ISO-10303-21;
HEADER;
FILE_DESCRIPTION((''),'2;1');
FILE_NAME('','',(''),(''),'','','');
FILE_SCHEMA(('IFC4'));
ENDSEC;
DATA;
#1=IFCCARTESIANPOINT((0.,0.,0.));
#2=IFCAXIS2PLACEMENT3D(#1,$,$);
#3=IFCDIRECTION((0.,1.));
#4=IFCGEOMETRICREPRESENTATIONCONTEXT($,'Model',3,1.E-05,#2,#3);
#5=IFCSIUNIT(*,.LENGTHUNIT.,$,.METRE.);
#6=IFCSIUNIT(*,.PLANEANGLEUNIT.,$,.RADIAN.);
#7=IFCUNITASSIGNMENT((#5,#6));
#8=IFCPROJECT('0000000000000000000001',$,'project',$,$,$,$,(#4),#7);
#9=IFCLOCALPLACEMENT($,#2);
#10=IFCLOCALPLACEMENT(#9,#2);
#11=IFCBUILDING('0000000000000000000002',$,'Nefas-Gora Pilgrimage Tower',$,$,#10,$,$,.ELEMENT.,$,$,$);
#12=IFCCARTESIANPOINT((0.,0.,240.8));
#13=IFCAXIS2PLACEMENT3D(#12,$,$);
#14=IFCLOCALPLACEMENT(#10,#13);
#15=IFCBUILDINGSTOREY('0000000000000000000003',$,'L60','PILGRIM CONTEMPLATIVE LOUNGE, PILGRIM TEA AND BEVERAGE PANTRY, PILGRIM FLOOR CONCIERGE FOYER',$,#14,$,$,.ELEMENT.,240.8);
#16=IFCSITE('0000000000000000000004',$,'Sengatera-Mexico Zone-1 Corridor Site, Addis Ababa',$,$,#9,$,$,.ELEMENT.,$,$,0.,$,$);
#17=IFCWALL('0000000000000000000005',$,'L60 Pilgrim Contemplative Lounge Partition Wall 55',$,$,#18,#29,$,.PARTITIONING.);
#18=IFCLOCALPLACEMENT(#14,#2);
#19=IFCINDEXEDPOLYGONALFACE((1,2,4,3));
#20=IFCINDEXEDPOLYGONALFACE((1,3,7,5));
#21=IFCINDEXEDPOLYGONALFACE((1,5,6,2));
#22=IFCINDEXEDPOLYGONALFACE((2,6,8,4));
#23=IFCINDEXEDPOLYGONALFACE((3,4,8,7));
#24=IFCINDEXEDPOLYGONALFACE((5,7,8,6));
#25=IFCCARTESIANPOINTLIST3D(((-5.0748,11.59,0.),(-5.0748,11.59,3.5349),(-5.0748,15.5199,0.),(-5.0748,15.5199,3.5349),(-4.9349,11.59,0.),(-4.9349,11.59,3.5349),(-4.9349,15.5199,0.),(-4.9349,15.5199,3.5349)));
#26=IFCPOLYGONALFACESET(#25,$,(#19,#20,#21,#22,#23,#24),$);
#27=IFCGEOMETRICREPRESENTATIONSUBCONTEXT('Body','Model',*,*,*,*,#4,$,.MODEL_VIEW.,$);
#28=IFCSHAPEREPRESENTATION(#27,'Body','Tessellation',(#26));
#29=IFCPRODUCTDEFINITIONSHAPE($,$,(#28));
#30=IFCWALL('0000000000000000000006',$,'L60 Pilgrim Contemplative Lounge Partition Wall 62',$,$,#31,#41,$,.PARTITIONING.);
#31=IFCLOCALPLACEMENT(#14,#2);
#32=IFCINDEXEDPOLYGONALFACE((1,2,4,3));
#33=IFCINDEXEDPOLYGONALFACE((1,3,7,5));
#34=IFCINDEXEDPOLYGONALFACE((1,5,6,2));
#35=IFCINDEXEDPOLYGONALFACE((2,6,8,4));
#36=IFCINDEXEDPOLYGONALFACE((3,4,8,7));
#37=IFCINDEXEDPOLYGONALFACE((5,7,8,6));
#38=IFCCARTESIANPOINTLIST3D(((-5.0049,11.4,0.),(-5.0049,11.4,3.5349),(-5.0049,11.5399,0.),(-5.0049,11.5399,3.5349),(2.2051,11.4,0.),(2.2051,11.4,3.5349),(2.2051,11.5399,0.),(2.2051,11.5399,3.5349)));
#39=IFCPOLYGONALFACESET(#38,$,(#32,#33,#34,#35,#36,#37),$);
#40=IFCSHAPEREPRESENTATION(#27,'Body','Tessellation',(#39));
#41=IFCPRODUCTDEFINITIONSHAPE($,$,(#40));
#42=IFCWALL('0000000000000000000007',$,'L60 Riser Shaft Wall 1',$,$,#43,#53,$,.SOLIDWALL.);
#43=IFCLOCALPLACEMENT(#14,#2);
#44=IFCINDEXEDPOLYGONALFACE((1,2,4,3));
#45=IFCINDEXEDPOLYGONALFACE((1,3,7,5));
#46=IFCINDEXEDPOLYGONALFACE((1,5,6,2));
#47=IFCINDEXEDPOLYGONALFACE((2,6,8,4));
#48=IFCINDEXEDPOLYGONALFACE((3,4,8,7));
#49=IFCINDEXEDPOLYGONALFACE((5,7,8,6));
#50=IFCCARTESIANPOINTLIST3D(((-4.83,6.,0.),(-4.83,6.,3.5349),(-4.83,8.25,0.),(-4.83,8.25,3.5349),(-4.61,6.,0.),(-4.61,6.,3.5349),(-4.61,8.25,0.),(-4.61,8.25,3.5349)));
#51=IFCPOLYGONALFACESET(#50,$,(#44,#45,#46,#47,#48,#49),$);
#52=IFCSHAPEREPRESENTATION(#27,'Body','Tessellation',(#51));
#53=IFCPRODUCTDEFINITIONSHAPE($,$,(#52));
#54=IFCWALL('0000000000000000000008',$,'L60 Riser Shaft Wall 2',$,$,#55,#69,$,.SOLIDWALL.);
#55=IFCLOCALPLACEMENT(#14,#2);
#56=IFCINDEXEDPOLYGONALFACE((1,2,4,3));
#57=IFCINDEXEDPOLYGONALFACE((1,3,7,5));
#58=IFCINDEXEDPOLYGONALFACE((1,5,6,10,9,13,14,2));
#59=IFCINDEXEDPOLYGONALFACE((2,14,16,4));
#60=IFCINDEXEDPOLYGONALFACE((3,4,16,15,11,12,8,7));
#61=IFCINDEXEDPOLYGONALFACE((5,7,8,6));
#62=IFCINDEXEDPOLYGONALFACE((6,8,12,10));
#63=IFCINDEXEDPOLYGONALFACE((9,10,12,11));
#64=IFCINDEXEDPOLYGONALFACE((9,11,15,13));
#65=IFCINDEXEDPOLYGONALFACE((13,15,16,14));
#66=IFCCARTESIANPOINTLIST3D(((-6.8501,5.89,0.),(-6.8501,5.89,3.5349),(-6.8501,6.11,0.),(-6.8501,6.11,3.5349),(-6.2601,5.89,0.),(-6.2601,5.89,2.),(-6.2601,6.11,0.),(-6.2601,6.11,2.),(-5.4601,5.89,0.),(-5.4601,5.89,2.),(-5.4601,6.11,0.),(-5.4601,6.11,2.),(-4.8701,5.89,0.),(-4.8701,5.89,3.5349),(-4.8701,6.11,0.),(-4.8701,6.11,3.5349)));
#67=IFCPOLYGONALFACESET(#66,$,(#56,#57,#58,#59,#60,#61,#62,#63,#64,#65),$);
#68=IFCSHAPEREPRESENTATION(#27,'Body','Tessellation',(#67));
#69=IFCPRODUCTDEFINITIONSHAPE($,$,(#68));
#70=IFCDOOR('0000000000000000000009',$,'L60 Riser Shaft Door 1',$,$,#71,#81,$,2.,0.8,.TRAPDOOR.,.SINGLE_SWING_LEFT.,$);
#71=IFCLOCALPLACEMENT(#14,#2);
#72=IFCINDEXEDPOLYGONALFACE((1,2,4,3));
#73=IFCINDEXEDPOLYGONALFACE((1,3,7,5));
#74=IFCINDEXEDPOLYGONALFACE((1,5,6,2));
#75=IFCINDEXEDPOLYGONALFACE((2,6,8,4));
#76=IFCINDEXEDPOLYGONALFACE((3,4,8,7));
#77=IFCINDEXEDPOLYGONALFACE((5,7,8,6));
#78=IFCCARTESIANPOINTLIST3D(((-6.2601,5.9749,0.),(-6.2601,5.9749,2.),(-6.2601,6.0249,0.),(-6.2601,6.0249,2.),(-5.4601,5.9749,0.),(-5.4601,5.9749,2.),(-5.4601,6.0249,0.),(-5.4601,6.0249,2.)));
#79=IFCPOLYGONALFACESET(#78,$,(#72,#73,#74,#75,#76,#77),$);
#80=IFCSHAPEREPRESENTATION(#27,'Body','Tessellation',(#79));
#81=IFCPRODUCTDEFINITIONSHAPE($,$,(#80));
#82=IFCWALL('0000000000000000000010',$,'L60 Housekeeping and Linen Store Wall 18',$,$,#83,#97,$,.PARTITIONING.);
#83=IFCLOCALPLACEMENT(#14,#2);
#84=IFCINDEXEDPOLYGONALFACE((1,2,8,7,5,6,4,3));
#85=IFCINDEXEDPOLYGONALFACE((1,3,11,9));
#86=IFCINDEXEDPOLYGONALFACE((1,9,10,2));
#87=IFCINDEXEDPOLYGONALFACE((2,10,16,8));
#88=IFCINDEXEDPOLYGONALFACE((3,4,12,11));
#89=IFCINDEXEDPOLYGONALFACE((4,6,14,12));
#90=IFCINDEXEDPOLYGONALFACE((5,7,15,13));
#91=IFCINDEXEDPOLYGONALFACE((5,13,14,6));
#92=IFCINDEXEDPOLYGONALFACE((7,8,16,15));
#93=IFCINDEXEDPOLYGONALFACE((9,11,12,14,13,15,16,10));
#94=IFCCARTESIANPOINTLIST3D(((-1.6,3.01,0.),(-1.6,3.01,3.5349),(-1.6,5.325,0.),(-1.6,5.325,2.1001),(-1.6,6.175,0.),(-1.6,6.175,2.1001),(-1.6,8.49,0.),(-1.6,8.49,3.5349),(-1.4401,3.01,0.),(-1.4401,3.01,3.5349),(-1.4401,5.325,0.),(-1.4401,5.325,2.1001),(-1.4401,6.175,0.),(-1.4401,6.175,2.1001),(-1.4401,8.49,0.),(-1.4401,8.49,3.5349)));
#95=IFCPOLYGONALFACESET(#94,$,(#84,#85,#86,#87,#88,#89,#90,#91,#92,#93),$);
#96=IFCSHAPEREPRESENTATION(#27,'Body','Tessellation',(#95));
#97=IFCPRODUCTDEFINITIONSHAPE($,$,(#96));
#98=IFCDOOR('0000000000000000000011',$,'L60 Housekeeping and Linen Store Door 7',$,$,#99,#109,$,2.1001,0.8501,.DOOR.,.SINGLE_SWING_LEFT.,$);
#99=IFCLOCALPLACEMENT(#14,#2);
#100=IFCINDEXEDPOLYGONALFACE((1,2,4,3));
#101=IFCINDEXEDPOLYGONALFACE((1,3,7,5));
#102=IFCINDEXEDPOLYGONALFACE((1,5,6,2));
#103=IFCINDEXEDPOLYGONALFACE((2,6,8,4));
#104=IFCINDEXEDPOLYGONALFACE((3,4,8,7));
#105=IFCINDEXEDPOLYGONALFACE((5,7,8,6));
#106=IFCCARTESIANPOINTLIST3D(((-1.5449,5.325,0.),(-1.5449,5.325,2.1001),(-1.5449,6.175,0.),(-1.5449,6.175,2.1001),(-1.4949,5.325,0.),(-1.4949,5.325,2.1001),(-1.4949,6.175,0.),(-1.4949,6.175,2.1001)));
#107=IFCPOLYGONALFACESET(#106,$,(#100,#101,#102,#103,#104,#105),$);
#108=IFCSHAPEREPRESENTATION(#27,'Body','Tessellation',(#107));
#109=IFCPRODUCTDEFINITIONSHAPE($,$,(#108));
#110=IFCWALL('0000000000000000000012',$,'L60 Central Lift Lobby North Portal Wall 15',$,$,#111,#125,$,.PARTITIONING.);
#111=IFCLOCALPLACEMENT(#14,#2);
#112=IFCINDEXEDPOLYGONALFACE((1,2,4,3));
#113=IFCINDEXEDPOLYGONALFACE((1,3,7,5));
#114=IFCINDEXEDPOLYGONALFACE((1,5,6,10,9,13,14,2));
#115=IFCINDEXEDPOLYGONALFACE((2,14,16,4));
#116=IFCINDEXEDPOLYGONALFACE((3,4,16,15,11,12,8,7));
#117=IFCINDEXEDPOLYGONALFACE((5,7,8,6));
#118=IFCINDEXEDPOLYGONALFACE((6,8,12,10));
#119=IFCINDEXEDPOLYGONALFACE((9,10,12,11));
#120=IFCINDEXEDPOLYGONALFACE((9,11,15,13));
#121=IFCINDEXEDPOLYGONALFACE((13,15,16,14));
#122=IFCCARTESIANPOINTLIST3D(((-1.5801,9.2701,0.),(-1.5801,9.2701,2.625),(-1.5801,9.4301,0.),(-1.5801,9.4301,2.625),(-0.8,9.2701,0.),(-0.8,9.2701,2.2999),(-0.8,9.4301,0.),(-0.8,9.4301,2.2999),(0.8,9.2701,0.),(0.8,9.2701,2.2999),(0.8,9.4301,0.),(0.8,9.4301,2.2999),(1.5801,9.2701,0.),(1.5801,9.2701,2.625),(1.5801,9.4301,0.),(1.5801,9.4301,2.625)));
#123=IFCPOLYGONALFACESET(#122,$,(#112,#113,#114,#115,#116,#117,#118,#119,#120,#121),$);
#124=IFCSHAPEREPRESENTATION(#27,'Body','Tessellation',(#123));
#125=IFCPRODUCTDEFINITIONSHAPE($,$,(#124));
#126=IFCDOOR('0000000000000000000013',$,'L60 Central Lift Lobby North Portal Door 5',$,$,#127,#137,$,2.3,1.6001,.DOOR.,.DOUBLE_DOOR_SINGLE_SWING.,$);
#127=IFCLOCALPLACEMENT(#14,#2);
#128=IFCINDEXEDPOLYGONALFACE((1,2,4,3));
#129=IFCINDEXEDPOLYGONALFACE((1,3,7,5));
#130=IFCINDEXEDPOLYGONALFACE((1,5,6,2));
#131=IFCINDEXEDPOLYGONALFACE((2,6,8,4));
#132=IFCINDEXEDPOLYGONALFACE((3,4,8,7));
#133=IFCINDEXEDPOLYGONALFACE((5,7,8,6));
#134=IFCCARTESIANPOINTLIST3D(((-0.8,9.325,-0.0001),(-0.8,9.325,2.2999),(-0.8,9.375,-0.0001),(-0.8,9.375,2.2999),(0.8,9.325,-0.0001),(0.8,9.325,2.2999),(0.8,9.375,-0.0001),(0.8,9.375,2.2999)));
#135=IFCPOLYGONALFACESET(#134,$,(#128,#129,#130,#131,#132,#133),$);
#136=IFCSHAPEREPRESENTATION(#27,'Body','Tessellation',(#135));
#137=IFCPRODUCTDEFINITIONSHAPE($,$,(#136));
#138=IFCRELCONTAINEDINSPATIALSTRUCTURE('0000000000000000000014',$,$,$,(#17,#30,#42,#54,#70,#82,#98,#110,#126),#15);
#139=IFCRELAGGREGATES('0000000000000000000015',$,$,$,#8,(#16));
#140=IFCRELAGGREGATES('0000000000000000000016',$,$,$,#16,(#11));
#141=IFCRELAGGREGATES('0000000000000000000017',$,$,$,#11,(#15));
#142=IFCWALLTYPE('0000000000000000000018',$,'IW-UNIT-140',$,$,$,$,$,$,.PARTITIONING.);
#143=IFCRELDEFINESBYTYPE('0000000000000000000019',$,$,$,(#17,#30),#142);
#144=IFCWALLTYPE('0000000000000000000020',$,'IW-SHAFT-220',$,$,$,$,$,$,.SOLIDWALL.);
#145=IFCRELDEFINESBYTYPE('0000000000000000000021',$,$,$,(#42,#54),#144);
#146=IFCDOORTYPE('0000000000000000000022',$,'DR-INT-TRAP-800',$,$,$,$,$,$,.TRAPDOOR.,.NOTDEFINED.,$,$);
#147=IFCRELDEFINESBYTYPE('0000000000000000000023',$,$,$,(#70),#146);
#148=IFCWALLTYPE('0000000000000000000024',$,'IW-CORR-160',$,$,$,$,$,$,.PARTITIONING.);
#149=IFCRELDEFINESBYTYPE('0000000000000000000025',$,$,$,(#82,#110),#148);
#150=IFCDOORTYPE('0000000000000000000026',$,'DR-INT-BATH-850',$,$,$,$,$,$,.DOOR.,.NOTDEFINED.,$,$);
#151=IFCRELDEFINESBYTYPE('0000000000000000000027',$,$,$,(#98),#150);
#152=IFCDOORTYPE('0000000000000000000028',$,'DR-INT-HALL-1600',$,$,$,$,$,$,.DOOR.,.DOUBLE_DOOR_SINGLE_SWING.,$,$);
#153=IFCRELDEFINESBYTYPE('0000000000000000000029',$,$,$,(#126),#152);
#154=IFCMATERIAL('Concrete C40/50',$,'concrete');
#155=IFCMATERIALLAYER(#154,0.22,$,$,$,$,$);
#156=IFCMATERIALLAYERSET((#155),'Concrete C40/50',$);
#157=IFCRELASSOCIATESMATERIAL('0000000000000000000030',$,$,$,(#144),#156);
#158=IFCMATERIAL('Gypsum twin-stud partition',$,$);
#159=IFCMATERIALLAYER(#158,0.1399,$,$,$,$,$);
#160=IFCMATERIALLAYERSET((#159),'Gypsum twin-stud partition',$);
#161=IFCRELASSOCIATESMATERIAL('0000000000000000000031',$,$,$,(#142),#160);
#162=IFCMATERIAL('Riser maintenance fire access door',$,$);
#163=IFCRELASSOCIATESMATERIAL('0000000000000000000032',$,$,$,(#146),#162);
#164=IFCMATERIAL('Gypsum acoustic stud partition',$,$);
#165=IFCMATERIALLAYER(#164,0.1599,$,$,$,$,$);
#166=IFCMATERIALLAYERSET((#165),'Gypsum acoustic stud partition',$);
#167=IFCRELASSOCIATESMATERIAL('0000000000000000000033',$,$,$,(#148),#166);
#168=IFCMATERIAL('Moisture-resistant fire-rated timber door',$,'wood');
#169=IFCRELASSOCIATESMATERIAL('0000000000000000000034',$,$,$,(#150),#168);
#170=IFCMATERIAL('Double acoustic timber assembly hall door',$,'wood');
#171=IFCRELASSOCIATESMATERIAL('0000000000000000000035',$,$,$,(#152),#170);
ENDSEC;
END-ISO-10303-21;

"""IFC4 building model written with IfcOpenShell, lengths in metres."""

from ifc_helpers import new_model, si_unit, direction, frame, frame_2d, origin, place, context, subcontext, project, spatial, rectangle, extrude, source, transform, mapped, material, layer, layer_set, type_object, element, fill, save


model = new_model("IFC4")

# Units and contexts
model_context = context("Model", 3, precision=1e-05, world=origin(), true_north=direction((0.0, 1.0)))
body_context = subcontext(model_context, "Body", "Model", "MODEL_VIEW")
ifc_project = project(units=[si_unit("LENGTHUNIT", "METRE"), si_unit("PLANEANGLEUNIT", "RADIAN")], contexts=[model_context])

# Site, building, storey
site_placement = place(None, origin())
site = spatial("IfcSite", under=ifc_project, at=site_placement, Name="Sengatera-Mexico Zone-1 Corridor Site, Addis Ababa", CompositionType="ELEMENT", RefElevation=0.0)
building_placement = place(site_placement, origin())
building = spatial("IfcBuilding", under=site, at=building_placement, Name="Nefas-Gora Pilgrimage Tower", CompositionType="ELEMENT")
storey_placement = place(building_placement, frame((0.0, 0.0, 240.8)))
storey = spatial("IfcBuildingStorey", under=building, at=storey_placement, Name="L60", Description="PILGRIM CONTEMPLATIVE LOUNGE, PILGRIM TEA AND BEVERAGE PANTRY, PILGRIM FLOOR CONCIERGE FOYER", CompositionType="ELEMENT", Elevation=240.8)

# Shared definitions
ifc_material_1 = material(Name="Concrete C40/50", Category="concrete")

# Shared definitions
ifc_layer_1 = layer(ifc_material_1, 0.22)
ifc_layer_set_1 = layer_set([ifc_layer_1], Name="Concrete C40/50")
wall_type_1 = type_object("IfcWallType", Name="IW-SHAFT-220", PredefinedType="SOLIDWALL", material=ifc_layer_set_1)

# Walls
ifc_material_2 = material(Name="Gypsum twin-stud partition")
ifc_layer_2 = layer(ifc_material_2, 0.1399)
ifc_layer_set_2 = layer_set([ifc_layer_2], Name="Gypsum twin-stud partition")
wall_type_2 = type_object("IfcWallType", Name="IW-UNIT-140", PredefinedType="PARTITIONING", material=ifc_layer_set_2)
shared_shape_1 = source(origin(), body_context, "Body", "SweptSolid", [
    extrude(rectangle(XDim=3.9299, YDim=0.1399, at=frame_2d((1.9648, 0.0))), origin(), (0.0, 0.0, 1.0), 3.5349),
])
wall_1_placement = place(storey_placement, frame((-5.0049, 11.5901, 0.0), z_axis=(0.0, 0.0, 1.0), x_axis=(0.0, 1.0, 0.0)))
element("IfcWall", 1, at=wall_1_placement, inside=storey, type_object=wall_type_2, Name="L60 Pilgrim Contemplative Lounge Partition Wall 55", PredefinedType="PARTITIONING", context=body_context, shape_type="MappedRepresentation", body=[
    mapped(shared_shape_1, transform((0.0, 0.0, 0.0), x_axis=(1.0, 0.0, 0.0), y_axis=(0.0, 1.0, 0.0), z_axis=(0.0, 0.0, 1.0), scale=1.0)),
])
shared_shape_2 = source(origin(), body_context, "Body", "SweptSolid", [
    extrude(rectangle(XDim=7.21, YDim=0.1399, at=frame_2d((3.605, 0.0))), origin(), (0.0, 0.0, 1.0), 3.5349),
])
wall_2_placement = place(storey_placement, frame((-5.0049, 11.47, 0.0), z_axis=(0.0, 0.0, 1.0), x_axis=(1.0, 0.0, 0.0)))
element("IfcWall", 2, at=wall_2_placement, inside=storey, type_object=wall_type_2, Name="L60 Pilgrim Contemplative Lounge Partition Wall 62", PredefinedType="PARTITIONING", context=body_context, shape_type="MappedRepresentation", body=[
    mapped(shared_shape_2, transform((0.0, 0.0, 0.0), x_axis=(1.0, 0.0, 0.0), y_axis=(0.0, 1.0, 0.0), z_axis=(0.0, 0.0, 1.0), scale=1.0)),
])
shared_shape_3 = source(origin(), body_context, "Body", "SweptSolid", [
    extrude(rectangle(XDim=2.25, YDim=0.22, at=frame_2d((1.125, 0.0))), origin(), (0.0, 0.0, 1.0), 3.5349),
])
wall_3_placement = place(storey_placement, frame((-4.72, 6.0, 0.0), z_axis=(0.0, 0.0, 1.0), x_axis=(0.0, 1.0, 0.0)))
element("IfcWall", 3, at=wall_3_placement, inside=storey, type_object=wall_type_1, Name="L60 Riser Shaft Wall 1", PredefinedType="SOLIDWALL", context=body_context, shape_type="MappedRepresentation", body=[
    mapped(shared_shape_3, transform((0.0, 0.0, 0.0), x_axis=(1.0, 0.0, 0.0), y_axis=(0.0, 1.0, 0.0), z_axis=(0.0, 0.0, 1.0), scale=1.0)),
])

# Walls, openings, doors
shared_shape_4 = source(origin(), body_context, "Body", "SweptSolid", [
    extrude(rectangle(XDim=1.98, YDim=0.22, at=frame_2d((0.99, 0.0))), origin(), (0.0, 0.0, 1.0), 3.5349),
])
wall_4_placement = place(storey_placement, frame((-6.8501, 6.0, 0.0), z_axis=(0.0, 0.0, 1.0), x_axis=(1.0, 0.0, 0.0)))
wall_4 = element("IfcWall", 4, at=wall_4_placement, inside=storey, type_object=wall_type_1, Name="L60 Riser Shaft Wall 2", PredefinedType="SOLIDWALL", context=body_context, shape_type="MappedRepresentation", body=[
    mapped(shared_shape_4, transform((0.0, 0.0, 0.0), x_axis=(1.0, 0.0, 0.0), y_axis=(0.0, 1.0, 0.0), z_axis=(0.0, 0.0, 1.0), scale=1.0)),
])
opening_1_placement = place(wall_4_placement, frame((0.5901, 0.0, 0.0)))
opening_1 = element("IfcOpeningElement", 5, at=opening_1_placement, cuts=wall_4, PredefinedType="OPENING", context=body_context, shape_type="SweptSolid", body=[
    extrude(rectangle(XDim=0.8, YDim=2.0, at=frame_2d((0.3999, 1.0))), frame((0.0, 0.1199, 0.0), z_axis=(0.0, -1.0, 0.0), x_axis=(1.0, 0.0, 0.0)), (0.0, 0.0, 1.0), 0.24),
])
ifc_material_3 = material(Name="Riser maintenance fire access door")
door_type_1 = type_object("IfcDoorType", Name="DR-INT-TRAP-800", OperationType="NOTDEFINED", PredefinedType="TRAPDOOR", material=ifc_material_3)
shared_shape_5 = source(origin(), body_context, "Body", "SweptSolid", [
    extrude(rectangle(XDim=0.8, YDim=2.0, at=frame_2d((0.3999, 1.0))), frame((0.0, 0.0249, 0.0), z_axis=(0.0, -1.0, 0.0), x_axis=(1.0, 0.0, 0.0)), (0.0, 0.0, 1.0), 0.05),
])
door_1_placement = place(opening_1_placement, origin())
door_1 = element("IfcDoor", 6, at=door_1_placement, inside=storey, type_object=door_type_1, Name="L60 Riser Shaft Door 1", OperationType="SINGLE_SWING_LEFT", OverallHeight=2.0, OverallWidth=0.8, PredefinedType="TRAPDOOR", context=body_context, shape_type="MappedRepresentation", body=[
    mapped(shared_shape_5, transform((0.0, 0.0, 0.0), x_axis=(1.0, 0.0, 0.0), y_axis=(0.0, 1.0, 0.0), z_axis=(0.0, 0.0, 1.0), scale=1.0)),
])
fill(opening_1, door_1)
ifc_material_4 = material(Name="Gypsum acoustic stud partition")
ifc_layer_3 = layer(ifc_material_4, 0.1599)
ifc_layer_set_3 = layer_set([ifc_layer_3], Name="Gypsum acoustic stud partition")
wall_type_3 = type_object("IfcWallType", Name="IW-CORR-160", PredefinedType="PARTITIONING", material=ifc_layer_set_3)
shared_shape_6 = source(origin(), body_context, "Body", "SweptSolid", [
    extrude(rectangle(XDim=5.48, YDim=0.1599, at=frame_2d((2.74, 0.0))), origin(), (0.0, 0.0, 1.0), 3.5349),
])
wall_5_placement = place(storey_placement, frame((-1.52, 3.01, 0.0), z_axis=(0.0, 0.0, 1.0), x_axis=(0.0, 1.0, 0.0)))
wall_5 = element("IfcWall", 7, at=wall_5_placement, inside=storey, type_object=wall_type_3, Name="L60 Housekeeping and Linen Store Wall 18", PredefinedType="PARTITIONING", context=body_context, shape_type="MappedRepresentation", body=[
    mapped(shared_shape_6, transform((0.0, 0.0, 0.0), x_axis=(1.0, 0.0, 0.0), y_axis=(0.0, 1.0, 0.0), z_axis=(0.0, 0.0, 1.0), scale=1.0)),
])
opening_2_placement = place(wall_5_placement, frame((2.3149, 0.0, 0.0)))
opening_2 = element("IfcOpeningElement", 8, at=opening_2_placement, cuts=wall_5, PredefinedType="OPENING", context=body_context, shape_type="SweptSolid", body=[
    extrude(rectangle(XDim=0.8501, YDim=2.1001, at=frame_2d((0.425, 1.05))), frame((0.0, 0.0898, 0.0), z_axis=(0.0, -1.0, 0.0), x_axis=(1.0, 0.0, 0.0)), (0.0, 0.0, 1.0), 0.1799),
])
ifc_material_5 = material(Name="Moisture-resistant fire-rated timber door", Category="wood")
door_type_2 = type_object("IfcDoorType", Name="DR-INT-BATH-850", OperationType="NOTDEFINED", PredefinedType="DOOR", material=ifc_material_5)
shared_shape_7 = source(origin(), body_context, "Body", "SweptSolid", [
    extrude(rectangle(XDim=0.8501, YDim=2.1001, at=frame_2d((0.425, 1.05))), frame((0.0, 0.0249, 0.0), z_axis=(0.0, -1.0, 0.0), x_axis=(1.0, 0.0, 0.0)), (0.0, 0.0, 1.0), 0.05),
])
door_2_placement = place(opening_2_placement, origin())
door_2 = element("IfcDoor", 9, at=door_2_placement, inside=storey, type_object=door_type_2, Name="L60 Housekeeping and Linen Store Door 7", OperationType="SINGLE_SWING_LEFT", OverallHeight=2.1001, OverallWidth=0.8501, PredefinedType="DOOR", context=body_context, shape_type="MappedRepresentation", body=[
    mapped(shared_shape_7, transform((0.0, 0.0, 0.0), x_axis=(1.0, 0.0, 0.0), y_axis=(0.0, 1.0, 0.0), z_axis=(0.0, 0.0, 1.0), scale=1.0)),
])
fill(opening_2, door_2)
shared_shape_8 = source(origin(), body_context, "Body", "SweptSolid", [
    extrude(rectangle(XDim=3.1602, YDim=0.1599, at=frame_2d((1.5801, 0.0))), origin(), (0.0, 0.0, 1.0), 2.625),
])
wall_6_placement = place(storey_placement, frame((-1.5801, 9.3501, 0.0), z_axis=(0.0, 0.0, 1.0), x_axis=(1.0, 0.0, 0.0)))
wall_6 = element("IfcWall", 10, at=wall_6_placement, inside=storey, type_object=wall_type_3, Name="L60 Central Lift Lobby North Portal Wall 15", PredefinedType="PARTITIONING", context=body_context, shape_type="MappedRepresentation", body=[
    mapped(shared_shape_8, transform((0.0, 0.0, 0.0), x_axis=(1.0, 0.0, 0.0), y_axis=(0.0, 1.0, 0.0), z_axis=(0.0, 0.0, 1.0), scale=1.0)),
])
opening_3_placement = place(wall_6_placement, frame((0.78, 0.0, 0.0)))
opening_3 = element("IfcOpeningElement", 11, at=opening_3_placement, cuts=wall_6, PredefinedType="OPENING", context=body_context, shape_type="SweptSolid", body=[
    extrude(rectangle(XDim=1.6001, YDim=2.3, at=frame_2d((0.8, 1.1499))), frame((0.0, 0.0898, 0.0), z_axis=(0.0, -1.0, 0.0), x_axis=(1.0, 0.0, 0.0)), (0.0, 0.0, 1.0), 0.1799),
])
ifc_material_6 = material(Name="Double acoustic timber assembly hall door", Category="wood")
door_type_3 = type_object("IfcDoorType", Name="DR-INT-HALL-1600", OperationType="DOUBLE_DOOR_SINGLE_SWING", PredefinedType="DOOR", material=ifc_material_6)
shared_shape_9 = source(origin(), body_context, "Body", "SweptSolid", [
    extrude(rectangle(XDim=1.6001, YDim=2.3, at=frame_2d((0.8, 1.1499))), frame((0.0, 0.0249, 0.0), z_axis=(0.0, -1.0, 0.0), x_axis=(1.0, 0.0, 0.0)), (0.0, 0.0, 1.0), 0.05),
])
door_3_placement = place(opening_3_placement, origin())
door_3 = element("IfcDoor", 12, at=door_3_placement, inside=storey, type_object=door_type_3, Name="L60 Central Lift Lobby North Portal Door 5", OperationType="DOUBLE_DOOR_SINGLE_SWING", OverallHeight=2.3, OverallWidth=1.6001, PredefinedType="DOOR", context=body_context, shape_type="MappedRepresentation", body=[
    mapped(shared_shape_9, transform((0.0, 0.0, 0.0), x_axis=(1.0, 0.0, 0.0), y_axis=(0.0, 1.0, 0.0), z_axis=(0.0, 0.0, 1.0), scale=1.0)),
])
fill(opening_3, door_3)

save(model, "model.ifc")
